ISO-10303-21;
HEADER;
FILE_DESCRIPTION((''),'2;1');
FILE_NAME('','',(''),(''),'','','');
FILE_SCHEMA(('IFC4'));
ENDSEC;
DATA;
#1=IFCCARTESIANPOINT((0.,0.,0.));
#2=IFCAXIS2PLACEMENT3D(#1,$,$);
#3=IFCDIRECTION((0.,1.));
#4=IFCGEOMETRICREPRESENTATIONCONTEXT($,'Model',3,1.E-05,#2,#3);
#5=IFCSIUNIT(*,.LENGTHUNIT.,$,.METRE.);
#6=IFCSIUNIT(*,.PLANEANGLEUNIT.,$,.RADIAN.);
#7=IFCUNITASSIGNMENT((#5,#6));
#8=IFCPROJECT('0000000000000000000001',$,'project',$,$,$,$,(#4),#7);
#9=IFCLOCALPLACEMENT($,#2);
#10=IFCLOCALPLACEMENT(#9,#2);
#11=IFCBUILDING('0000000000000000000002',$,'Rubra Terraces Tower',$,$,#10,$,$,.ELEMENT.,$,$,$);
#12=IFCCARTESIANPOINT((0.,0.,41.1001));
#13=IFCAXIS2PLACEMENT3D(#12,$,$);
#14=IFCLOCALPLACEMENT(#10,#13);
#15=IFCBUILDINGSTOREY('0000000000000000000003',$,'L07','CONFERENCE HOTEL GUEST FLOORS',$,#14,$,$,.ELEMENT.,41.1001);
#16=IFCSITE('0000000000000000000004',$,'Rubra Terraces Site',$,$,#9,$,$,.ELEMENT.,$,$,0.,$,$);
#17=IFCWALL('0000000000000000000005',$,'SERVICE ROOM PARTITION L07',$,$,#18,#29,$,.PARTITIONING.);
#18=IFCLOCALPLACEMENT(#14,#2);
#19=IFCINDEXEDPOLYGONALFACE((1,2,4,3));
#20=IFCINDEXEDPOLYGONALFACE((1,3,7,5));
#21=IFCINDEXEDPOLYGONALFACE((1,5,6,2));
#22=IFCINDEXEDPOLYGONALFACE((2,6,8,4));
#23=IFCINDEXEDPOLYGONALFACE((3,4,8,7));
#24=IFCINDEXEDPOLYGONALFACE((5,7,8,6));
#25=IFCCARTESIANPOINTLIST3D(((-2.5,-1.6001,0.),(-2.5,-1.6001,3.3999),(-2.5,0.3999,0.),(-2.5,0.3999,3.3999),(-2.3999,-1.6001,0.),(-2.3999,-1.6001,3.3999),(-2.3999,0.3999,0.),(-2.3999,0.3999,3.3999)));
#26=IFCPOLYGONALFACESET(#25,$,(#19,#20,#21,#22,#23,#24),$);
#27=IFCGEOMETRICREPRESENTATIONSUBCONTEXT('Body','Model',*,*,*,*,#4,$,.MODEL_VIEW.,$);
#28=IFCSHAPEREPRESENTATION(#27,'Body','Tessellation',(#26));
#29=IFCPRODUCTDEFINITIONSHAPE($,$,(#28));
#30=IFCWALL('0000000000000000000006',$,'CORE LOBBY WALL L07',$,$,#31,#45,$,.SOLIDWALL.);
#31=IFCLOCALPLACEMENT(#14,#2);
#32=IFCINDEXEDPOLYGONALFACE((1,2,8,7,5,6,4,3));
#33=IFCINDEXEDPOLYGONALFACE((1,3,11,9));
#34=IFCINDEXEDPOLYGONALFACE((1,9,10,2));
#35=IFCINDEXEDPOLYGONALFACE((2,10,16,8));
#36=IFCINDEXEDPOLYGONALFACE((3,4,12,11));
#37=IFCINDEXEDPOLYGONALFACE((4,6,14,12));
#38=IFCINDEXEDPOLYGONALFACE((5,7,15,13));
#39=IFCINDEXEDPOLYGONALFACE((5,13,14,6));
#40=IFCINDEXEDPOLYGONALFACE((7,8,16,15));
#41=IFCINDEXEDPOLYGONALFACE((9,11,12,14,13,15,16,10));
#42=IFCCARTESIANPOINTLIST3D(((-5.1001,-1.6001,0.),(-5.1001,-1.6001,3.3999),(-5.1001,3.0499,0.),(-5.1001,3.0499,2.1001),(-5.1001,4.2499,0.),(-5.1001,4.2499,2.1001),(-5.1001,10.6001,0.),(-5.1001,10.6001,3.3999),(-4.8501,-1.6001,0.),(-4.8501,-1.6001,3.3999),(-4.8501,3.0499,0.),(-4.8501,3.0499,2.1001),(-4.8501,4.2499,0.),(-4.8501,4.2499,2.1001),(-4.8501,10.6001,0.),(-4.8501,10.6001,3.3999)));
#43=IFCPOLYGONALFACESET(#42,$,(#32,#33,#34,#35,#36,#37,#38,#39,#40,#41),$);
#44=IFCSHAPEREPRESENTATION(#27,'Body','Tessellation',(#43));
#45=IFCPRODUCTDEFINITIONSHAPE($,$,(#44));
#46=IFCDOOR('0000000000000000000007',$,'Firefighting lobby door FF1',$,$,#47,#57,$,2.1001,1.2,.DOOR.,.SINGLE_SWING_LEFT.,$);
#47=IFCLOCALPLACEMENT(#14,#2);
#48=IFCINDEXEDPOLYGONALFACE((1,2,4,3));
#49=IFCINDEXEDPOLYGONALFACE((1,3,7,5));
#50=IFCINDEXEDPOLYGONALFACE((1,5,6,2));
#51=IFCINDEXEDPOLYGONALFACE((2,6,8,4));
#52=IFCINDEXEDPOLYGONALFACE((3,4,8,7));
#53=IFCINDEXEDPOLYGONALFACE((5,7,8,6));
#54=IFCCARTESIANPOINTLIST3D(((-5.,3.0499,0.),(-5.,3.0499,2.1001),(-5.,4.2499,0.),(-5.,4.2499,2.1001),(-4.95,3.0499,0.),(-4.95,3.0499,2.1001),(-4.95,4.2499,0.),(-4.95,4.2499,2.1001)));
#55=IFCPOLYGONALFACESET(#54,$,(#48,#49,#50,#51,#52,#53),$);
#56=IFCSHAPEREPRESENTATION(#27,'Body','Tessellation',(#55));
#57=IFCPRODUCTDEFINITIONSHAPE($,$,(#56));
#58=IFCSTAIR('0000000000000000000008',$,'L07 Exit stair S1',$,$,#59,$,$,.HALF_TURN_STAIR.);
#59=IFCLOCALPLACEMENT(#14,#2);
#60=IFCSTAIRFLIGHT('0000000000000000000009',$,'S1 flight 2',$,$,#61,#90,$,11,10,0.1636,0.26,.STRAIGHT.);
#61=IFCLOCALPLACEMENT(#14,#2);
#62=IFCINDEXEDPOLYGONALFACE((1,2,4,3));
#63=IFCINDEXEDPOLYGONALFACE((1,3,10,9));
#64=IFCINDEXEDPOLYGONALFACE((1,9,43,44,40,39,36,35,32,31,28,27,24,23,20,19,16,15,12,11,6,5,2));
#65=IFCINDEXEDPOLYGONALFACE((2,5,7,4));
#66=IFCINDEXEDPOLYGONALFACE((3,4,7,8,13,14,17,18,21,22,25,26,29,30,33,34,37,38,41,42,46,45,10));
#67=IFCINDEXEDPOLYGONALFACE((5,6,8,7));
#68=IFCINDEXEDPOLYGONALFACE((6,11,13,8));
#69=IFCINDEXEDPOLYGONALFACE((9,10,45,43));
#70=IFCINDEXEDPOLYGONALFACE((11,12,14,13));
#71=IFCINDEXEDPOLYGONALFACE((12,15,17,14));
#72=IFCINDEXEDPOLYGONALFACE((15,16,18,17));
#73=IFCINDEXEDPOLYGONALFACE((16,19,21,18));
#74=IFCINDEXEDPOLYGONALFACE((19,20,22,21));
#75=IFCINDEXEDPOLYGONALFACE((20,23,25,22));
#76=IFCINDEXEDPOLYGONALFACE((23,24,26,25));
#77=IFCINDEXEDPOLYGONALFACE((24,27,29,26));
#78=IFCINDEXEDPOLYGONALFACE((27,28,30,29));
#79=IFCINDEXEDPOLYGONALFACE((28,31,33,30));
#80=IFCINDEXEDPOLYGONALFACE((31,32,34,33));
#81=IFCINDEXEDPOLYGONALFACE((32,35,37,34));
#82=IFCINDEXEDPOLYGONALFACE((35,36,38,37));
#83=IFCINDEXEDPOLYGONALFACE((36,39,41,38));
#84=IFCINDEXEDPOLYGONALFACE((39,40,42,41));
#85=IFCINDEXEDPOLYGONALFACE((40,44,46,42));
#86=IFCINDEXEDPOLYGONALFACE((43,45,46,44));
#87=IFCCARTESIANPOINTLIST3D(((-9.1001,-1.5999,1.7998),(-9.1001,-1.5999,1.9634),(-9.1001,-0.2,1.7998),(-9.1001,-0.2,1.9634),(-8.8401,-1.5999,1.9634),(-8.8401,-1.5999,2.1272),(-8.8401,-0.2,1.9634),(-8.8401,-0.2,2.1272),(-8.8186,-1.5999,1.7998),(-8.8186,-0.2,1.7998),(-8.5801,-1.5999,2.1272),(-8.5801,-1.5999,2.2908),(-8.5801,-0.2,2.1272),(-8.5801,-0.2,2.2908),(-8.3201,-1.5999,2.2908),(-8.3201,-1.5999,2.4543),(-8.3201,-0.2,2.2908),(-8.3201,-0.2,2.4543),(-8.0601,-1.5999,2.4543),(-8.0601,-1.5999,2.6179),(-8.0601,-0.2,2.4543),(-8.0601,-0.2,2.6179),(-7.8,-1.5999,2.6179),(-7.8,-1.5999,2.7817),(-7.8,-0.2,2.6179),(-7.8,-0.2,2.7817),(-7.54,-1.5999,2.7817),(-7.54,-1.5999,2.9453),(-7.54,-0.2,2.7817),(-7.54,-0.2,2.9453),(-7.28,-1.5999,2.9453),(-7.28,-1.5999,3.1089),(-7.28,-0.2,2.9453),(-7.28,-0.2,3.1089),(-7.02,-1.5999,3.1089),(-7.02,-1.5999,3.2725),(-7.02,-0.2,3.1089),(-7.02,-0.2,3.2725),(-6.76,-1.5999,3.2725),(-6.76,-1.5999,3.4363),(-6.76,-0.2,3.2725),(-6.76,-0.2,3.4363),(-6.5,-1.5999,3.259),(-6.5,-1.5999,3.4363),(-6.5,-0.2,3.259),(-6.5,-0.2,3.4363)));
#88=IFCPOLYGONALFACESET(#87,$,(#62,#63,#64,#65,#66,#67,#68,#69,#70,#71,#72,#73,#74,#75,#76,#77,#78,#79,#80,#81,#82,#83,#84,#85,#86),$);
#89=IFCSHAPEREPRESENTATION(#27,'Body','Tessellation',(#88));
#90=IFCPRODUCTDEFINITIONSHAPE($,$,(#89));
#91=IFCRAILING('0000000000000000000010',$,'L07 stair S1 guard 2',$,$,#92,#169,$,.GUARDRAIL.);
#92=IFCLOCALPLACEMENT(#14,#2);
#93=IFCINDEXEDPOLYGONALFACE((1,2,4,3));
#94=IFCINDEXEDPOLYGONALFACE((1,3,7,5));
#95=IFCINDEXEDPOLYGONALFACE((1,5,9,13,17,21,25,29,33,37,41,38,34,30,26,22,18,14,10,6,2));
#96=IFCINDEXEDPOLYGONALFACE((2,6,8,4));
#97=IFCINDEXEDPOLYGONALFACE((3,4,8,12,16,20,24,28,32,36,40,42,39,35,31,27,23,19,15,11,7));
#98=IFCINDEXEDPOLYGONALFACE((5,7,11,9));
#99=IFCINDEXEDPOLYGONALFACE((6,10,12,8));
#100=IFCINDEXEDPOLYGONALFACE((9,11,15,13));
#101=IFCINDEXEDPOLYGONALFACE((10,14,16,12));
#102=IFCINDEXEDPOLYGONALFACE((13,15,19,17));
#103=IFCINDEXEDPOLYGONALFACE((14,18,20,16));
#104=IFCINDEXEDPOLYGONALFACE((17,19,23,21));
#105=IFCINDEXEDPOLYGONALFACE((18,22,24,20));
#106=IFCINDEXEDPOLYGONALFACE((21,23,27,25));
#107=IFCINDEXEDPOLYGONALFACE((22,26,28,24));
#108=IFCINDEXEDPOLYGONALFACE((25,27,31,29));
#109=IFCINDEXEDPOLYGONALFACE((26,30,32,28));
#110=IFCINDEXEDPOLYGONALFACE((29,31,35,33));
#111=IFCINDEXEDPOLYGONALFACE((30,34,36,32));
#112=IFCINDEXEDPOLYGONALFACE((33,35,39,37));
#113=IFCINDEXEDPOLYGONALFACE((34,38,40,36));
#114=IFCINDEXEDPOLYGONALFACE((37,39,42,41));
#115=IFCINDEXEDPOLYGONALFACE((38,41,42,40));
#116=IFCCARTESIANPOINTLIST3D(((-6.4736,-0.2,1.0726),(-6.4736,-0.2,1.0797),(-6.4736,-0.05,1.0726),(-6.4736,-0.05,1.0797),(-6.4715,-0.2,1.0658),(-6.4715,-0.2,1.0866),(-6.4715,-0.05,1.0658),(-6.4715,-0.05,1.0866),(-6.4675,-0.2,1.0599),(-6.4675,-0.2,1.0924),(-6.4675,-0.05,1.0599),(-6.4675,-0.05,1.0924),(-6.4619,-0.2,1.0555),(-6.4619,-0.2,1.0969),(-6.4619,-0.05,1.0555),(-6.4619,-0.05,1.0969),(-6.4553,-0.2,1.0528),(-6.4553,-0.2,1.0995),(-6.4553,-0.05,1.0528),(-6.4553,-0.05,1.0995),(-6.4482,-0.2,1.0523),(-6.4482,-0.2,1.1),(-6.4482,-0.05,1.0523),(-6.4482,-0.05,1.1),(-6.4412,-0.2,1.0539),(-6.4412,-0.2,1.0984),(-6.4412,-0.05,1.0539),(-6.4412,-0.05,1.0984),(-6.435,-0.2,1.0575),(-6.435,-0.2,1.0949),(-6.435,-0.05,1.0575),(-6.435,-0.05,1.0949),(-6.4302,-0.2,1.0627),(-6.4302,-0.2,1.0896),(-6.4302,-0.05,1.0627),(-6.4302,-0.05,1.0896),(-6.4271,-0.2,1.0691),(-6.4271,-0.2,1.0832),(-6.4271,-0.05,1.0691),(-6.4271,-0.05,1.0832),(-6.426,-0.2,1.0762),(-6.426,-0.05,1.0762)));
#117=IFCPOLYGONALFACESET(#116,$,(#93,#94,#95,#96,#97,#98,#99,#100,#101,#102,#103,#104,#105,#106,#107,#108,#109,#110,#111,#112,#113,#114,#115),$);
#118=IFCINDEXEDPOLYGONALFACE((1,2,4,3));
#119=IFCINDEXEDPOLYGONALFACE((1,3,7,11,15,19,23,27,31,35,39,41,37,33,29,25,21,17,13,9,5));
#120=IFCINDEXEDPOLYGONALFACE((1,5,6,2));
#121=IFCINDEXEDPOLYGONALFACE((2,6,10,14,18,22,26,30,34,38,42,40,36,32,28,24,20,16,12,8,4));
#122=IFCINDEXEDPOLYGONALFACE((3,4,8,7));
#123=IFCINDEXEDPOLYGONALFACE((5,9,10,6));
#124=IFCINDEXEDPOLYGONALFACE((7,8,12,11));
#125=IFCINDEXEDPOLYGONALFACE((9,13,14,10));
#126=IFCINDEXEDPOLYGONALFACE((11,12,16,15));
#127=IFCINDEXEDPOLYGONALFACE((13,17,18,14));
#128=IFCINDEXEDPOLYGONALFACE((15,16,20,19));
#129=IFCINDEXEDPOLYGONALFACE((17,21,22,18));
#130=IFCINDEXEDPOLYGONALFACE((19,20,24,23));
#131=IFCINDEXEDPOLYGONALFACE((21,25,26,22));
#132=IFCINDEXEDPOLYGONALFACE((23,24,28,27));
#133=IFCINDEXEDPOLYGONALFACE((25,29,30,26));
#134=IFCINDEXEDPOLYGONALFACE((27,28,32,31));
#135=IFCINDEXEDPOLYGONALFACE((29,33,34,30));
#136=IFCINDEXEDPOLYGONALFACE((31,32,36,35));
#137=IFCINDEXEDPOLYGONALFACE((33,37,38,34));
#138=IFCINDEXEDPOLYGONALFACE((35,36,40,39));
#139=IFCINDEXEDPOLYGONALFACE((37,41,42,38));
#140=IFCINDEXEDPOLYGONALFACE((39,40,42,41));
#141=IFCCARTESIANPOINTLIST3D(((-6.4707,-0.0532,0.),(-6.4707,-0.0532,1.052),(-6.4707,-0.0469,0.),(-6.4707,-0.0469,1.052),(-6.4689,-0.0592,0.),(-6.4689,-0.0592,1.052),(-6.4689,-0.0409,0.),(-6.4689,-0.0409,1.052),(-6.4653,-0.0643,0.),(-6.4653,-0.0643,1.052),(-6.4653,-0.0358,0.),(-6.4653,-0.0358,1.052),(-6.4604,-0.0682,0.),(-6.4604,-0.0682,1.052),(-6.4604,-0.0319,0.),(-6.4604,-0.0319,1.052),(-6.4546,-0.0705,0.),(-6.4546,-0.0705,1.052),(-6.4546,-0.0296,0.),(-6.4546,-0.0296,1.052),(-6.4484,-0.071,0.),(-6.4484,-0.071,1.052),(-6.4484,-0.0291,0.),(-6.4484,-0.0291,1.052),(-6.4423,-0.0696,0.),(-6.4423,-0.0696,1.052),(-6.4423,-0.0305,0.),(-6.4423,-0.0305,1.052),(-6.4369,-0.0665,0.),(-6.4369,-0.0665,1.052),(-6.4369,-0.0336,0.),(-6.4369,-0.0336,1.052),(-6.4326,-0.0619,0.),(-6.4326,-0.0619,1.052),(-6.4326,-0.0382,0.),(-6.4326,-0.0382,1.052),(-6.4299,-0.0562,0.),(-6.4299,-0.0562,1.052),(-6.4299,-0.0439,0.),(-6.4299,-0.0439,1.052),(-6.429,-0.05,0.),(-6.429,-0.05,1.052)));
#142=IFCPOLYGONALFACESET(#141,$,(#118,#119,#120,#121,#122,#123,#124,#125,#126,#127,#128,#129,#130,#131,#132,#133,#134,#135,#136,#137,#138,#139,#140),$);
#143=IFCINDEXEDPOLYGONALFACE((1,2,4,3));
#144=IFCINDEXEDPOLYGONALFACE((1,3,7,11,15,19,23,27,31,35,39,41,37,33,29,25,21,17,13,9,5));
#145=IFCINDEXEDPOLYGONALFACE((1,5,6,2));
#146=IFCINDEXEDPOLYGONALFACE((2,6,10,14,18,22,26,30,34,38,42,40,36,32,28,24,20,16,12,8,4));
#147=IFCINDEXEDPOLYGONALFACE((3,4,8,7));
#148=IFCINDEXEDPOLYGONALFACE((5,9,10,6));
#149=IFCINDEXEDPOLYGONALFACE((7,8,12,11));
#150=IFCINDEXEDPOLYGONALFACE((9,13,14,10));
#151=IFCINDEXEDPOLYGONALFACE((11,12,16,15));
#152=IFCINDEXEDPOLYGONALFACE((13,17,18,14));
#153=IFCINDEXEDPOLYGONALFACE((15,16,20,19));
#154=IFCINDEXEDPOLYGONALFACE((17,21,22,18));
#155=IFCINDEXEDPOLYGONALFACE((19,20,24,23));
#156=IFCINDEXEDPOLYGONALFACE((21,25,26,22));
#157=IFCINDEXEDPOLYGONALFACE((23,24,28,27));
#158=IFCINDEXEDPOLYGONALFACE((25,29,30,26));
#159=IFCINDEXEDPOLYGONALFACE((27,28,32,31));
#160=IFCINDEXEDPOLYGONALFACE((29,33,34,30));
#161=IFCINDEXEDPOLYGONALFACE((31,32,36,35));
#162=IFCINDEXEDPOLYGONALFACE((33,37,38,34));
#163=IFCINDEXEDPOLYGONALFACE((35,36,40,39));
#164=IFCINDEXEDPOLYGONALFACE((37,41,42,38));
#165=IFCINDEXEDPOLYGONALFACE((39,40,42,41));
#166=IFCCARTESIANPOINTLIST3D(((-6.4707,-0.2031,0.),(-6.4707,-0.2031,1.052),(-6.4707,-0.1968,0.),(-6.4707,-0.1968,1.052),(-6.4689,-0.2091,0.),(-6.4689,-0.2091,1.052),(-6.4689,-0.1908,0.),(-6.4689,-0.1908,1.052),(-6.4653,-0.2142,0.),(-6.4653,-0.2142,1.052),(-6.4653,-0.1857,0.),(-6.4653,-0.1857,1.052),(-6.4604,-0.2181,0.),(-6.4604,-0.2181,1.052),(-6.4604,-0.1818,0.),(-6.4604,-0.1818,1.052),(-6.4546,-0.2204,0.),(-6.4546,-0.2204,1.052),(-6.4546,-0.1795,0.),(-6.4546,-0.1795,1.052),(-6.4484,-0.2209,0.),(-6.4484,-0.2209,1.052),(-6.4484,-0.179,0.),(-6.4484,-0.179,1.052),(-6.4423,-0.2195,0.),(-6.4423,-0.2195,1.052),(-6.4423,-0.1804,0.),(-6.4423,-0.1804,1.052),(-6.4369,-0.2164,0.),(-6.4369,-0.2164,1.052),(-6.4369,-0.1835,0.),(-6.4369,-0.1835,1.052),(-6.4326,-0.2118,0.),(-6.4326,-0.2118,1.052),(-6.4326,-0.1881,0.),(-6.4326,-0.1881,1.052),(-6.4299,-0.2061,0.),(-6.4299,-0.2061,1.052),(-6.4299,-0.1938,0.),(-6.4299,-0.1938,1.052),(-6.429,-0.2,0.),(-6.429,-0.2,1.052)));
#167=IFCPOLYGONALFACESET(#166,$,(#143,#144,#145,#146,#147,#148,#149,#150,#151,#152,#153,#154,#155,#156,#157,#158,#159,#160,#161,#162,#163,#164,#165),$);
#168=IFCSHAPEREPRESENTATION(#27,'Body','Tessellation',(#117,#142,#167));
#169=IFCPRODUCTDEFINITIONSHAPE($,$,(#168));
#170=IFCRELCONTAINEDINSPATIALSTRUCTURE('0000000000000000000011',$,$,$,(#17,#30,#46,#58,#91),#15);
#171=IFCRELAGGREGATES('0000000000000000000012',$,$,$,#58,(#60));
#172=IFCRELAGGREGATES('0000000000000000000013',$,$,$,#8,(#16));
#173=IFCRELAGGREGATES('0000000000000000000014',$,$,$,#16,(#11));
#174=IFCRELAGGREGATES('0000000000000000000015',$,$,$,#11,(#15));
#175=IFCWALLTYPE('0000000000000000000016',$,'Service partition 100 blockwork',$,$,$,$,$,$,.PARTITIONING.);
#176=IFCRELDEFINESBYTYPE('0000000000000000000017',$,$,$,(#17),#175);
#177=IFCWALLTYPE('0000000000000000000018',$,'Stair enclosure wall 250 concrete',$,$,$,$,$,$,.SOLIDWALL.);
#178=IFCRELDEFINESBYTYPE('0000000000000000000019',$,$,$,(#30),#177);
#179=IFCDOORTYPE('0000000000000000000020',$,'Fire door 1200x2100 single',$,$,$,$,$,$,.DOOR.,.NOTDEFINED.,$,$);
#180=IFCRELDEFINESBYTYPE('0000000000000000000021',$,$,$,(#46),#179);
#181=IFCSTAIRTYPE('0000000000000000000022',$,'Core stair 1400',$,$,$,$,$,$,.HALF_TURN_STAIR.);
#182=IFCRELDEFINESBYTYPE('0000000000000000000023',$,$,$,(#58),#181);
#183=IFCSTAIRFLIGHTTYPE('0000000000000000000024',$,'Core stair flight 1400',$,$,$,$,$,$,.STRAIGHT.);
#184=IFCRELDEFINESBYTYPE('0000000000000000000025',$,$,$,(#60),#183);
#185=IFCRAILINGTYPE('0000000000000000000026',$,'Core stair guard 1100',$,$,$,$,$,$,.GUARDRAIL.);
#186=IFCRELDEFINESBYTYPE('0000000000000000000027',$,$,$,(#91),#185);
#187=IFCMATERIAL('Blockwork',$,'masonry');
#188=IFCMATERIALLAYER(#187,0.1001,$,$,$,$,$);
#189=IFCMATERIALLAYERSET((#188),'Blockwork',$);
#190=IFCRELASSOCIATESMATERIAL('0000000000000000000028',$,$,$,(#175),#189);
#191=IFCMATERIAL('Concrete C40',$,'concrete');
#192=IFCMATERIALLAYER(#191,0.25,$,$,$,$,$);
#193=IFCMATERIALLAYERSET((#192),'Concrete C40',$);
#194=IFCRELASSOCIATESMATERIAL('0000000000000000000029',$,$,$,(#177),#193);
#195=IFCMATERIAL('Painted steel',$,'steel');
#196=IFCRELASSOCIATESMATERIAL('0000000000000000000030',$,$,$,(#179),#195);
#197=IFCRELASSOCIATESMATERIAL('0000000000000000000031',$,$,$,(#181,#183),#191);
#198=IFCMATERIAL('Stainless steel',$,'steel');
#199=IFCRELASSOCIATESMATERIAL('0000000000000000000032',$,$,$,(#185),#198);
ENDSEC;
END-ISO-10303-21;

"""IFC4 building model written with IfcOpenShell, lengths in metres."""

from ifc_helpers import new_model, si_unit, direction, frame, frame_2d, origin, origin_2d, place, context, subcontext, project, spatial, polyline, rectangle, circle, outline, extrude, material, layer, layer_set, type_object, element, fill, aggregate, save


model = new_model("IFC4")

# Units and contexts
model_context = context("Model", 3, precision=1e-05, world=origin(), true_north=direction((0.0, 1.0)))
body_context = subcontext(model_context, "Body", "Model", "MODEL_VIEW")
ifc_project = project(units=[si_unit("LENGTHUNIT", "METRE"), si_unit("PLANEANGLEUNIT", "RADIAN")], contexts=[model_context])

# Site, building, storey
site_placement = place(None, origin())
site = spatial("IfcSite", under=ifc_project, at=site_placement, Name="Rubra Terraces Site", CompositionType="ELEMENT", RefElevation=0.0)
building_placement = place(site_placement, origin())
building = spatial("IfcBuilding", under=site, at=building_placement, Name="Rubra Terraces Tower", CompositionType="ELEMENT")
storey_placement = place(building_placement, frame((0.0, 0.0, 41.1001)))
storey = spatial("IfcBuildingStorey", under=building, at=storey_placement, Name="L07", Description="CONFERENCE HOTEL GUEST FLOORS", CompositionType="ELEMENT", Elevation=41.1001)

# Shared definitions
ifc_material_1 = material(Name="Concrete C40", Category="concrete")

# Shared definitions
ifc_material_2 = material(Name="Painted steel", Category="steel")

# Wall
ifc_material_3 = material(Name="Blockwork", Category="masonry")
ifc_layer_1 = layer(ifc_material_3, 0.1001)
ifc_layer_set_1 = layer_set([ifc_layer_1], Name="Blockwork")
wall_type_1 = type_object("IfcWallType", Name="Service partition 100 blockwork", PredefinedType="PARTITIONING", material=ifc_layer_set_1)
wall_1_placement = place(storey_placement, frame((-2.45, -1.6001, 0.0), z_axis=(0.0, 0.0, 1.0), x_axis=(0.0, 1.0, 0.0)))
element("IfcWall", 1, at=wall_1_placement, inside=storey, type_object=wall_type_1, Name="SERVICE ROOM PARTITION L07", PredefinedType="PARTITIONING", context=body_context, shape_type="SweptSolid", body=[
    extrude(rectangle(XDim=2.0, YDim=0.1001, at=frame_2d((1.0, 0.0))), origin(), (0.0, 0.0, 1.0), 3.3999),
])

# Wall, opening, door
ifc_layer_2 = layer(ifc_material_1, 0.25)
ifc_layer_set_2 = layer_set([ifc_layer_2], Name="Concrete C40")
wall_type_2 = type_object("IfcWallType", Name="Stair enclosure wall 250 concrete", PredefinedType="SOLIDWALL", material=ifc_layer_set_2)
wall_2_placement = place(storey_placement, frame((-4.9751, -1.6001, 0.0), z_axis=(0.0, 0.0, 1.0), x_axis=(0.0, 1.0, 0.0)))
wall_2 = element("IfcWall", 2, at=wall_2_placement, inside=storey, type_object=wall_type_2, Name="CORE LOBBY WALL L07", PredefinedType="SOLIDWALL", context=body_context, shape_type="SweptSolid", body=[
    extrude(rectangle(XDim=12.2002, YDim=0.25, at=frame_2d((6.1001, 0.0))), origin(), (0.0, 0.0, 1.0), 3.3999),
])
opening_1_placement = place(wall_2_placement, frame((4.6499, 0.0, 0.0)))
opening_1 = element("IfcOpeningElement", 3, at=opening_1_placement, cuts=wall_2, PredefinedType="OPENING", context=body_context, shape_type="SweptSolid", body=[
    extrude(rectangle(XDim=1.2, YDim=2.1001, at=frame_2d((0.6001, 1.05))), frame((0.0, 0.135, 0.0), z_axis=(0.0, -1.0, 0.0), x_axis=(1.0, 0.0, 0.0)), (0.0, 0.0, 1.0), 0.27),
])
door_type_1 = type_object("IfcDoorType", Name="Fire door 1200x2100 single", OperationType="NOTDEFINED", PredefinedType="DOOR", material=ifc_material_2)
door_1_placement = place(opening_1_placement, origin())
door_1 = element("IfcDoor", 4, at=door_1_placement, inside=storey, type_object=door_type_1, Name="Firefighting lobby door FF1", OperationType="SINGLE_SWING_LEFT", OverallHeight=2.1001, OverallWidth=1.2, PredefinedType="DOOR", context=body_context, shape_type="SweptSolid", body=[
    extrude(rectangle(XDim=1.2, YDim=2.1001, at=frame_2d((0.6001, 1.05))), frame((0.0, 0.0249, 0.0), z_axis=(0.0, -1.0, 0.0), x_axis=(1.0, 0.0, 0.0)), (0.0, 0.0, 1.0), 0.05),
])
fill(opening_1, door_1)

# Stair, stair flight
stair_type = type_object("IfcStairType", Name="Core stair 1400", PredefinedType="HALF_TURN_STAIR", material=ifc_material_1)
stair_placement = place(storey_placement, origin())
stair = element("IfcStair", 5, at=stair_placement, inside=storey, type_object=stair_type, Name="L07 Exit stair S1", PredefinedType="HALF_TURN_STAIR")
stair_flight_type = type_object("IfcStairFlightType", Name="Core stair flight 1400", PredefinedType="STRAIGHT", material=ifc_material_1)
stair_flight_placement = place(storey_placement, frame((-9.1001, -0.8999, 1.7998), z_axis=(0.0, 0.0, 1.0), x_axis=(1.0, 0.0, 0.0)))
stair_flight = element("IfcStairFlight", 6, at=stair_flight_placement, type_object=stair_flight_type, Name="S1 flight 2", NumberOfRisers=11, NumberOfTreads=10, PredefinedType="STRAIGHT", RiserHeight=0.1636, TreadLength=0.26, context=body_context, shape_type="SweptSolid", body=[
    extrude(outline(polyline([(0.0, 0.0), (0.0, 0.1636), (0.26, 0.1636), (0.26, 0.3274), (0.52, 0.3274), (0.52, 0.491), (0.78, 0.491), (0.78, 0.6545), (1.04, 0.6545), (1.04, 0.8181), (1.3, 0.8181), (1.3, 0.9819), (1.5601, 0.9819), (1.5601, 1.1455), (1.8201, 1.1455), (1.8201, 1.3091), (2.0801, 1.3091), (2.0801, 1.4727), (2.3401, 1.4727), (2.3401, 1.6365), (2.6001, 1.6365), (2.6001, 1.8), (2.6001, 1.4592), (0.2815, 0.0), (0.0, 0.0)])), frame((0.0, 0.7, 0.0), z_axis=(0.0, -1.0, 0.0), x_axis=(1.0, 0.0, 0.0)), (0.0, 0.0, 1.0), 1.3999),
])
aggregate(stair, [stair_flight])

# Railing
ifc_material_4 = material(Name="Stainless steel", Category="steel")
railing_type = type_object("IfcRailingType", Name="Core stair guard 1100", PredefinedType="GUARDRAIL", material=ifc_material_4)
railing_1_placement = place(storey_placement, frame((-6.45, -0.05, 0.0)))
element("IfcRailing", 7, at=railing_1_placement, inside=storey, type_object=railing_type, Name="L07 stair S1 guard 2", PredefinedType="GUARDRAIL", context=body_context, shape_type="SweptSolid", body=[
    extrude(circle(Radius=0.0239, at=origin_2d()), frame((0.0, 0.0, 1.0762), z_axis=(0.0, -1.0, 0.0), x_axis=(1.0, 0.0, 0.0)), (0.0, 0.0, 1.0), 0.1499),
    extrude(circle(Radius=0.021, at=origin_2d()), origin(), (0.0, 0.0, 1.0), 1.052),
    extrude(circle(Radius=0.021, at=origin_2d()), frame((0.0, -0.1499, 0.0)), (0.0, 0.0, 1.0), 1.052),
])

save(model, "model.ifc")
